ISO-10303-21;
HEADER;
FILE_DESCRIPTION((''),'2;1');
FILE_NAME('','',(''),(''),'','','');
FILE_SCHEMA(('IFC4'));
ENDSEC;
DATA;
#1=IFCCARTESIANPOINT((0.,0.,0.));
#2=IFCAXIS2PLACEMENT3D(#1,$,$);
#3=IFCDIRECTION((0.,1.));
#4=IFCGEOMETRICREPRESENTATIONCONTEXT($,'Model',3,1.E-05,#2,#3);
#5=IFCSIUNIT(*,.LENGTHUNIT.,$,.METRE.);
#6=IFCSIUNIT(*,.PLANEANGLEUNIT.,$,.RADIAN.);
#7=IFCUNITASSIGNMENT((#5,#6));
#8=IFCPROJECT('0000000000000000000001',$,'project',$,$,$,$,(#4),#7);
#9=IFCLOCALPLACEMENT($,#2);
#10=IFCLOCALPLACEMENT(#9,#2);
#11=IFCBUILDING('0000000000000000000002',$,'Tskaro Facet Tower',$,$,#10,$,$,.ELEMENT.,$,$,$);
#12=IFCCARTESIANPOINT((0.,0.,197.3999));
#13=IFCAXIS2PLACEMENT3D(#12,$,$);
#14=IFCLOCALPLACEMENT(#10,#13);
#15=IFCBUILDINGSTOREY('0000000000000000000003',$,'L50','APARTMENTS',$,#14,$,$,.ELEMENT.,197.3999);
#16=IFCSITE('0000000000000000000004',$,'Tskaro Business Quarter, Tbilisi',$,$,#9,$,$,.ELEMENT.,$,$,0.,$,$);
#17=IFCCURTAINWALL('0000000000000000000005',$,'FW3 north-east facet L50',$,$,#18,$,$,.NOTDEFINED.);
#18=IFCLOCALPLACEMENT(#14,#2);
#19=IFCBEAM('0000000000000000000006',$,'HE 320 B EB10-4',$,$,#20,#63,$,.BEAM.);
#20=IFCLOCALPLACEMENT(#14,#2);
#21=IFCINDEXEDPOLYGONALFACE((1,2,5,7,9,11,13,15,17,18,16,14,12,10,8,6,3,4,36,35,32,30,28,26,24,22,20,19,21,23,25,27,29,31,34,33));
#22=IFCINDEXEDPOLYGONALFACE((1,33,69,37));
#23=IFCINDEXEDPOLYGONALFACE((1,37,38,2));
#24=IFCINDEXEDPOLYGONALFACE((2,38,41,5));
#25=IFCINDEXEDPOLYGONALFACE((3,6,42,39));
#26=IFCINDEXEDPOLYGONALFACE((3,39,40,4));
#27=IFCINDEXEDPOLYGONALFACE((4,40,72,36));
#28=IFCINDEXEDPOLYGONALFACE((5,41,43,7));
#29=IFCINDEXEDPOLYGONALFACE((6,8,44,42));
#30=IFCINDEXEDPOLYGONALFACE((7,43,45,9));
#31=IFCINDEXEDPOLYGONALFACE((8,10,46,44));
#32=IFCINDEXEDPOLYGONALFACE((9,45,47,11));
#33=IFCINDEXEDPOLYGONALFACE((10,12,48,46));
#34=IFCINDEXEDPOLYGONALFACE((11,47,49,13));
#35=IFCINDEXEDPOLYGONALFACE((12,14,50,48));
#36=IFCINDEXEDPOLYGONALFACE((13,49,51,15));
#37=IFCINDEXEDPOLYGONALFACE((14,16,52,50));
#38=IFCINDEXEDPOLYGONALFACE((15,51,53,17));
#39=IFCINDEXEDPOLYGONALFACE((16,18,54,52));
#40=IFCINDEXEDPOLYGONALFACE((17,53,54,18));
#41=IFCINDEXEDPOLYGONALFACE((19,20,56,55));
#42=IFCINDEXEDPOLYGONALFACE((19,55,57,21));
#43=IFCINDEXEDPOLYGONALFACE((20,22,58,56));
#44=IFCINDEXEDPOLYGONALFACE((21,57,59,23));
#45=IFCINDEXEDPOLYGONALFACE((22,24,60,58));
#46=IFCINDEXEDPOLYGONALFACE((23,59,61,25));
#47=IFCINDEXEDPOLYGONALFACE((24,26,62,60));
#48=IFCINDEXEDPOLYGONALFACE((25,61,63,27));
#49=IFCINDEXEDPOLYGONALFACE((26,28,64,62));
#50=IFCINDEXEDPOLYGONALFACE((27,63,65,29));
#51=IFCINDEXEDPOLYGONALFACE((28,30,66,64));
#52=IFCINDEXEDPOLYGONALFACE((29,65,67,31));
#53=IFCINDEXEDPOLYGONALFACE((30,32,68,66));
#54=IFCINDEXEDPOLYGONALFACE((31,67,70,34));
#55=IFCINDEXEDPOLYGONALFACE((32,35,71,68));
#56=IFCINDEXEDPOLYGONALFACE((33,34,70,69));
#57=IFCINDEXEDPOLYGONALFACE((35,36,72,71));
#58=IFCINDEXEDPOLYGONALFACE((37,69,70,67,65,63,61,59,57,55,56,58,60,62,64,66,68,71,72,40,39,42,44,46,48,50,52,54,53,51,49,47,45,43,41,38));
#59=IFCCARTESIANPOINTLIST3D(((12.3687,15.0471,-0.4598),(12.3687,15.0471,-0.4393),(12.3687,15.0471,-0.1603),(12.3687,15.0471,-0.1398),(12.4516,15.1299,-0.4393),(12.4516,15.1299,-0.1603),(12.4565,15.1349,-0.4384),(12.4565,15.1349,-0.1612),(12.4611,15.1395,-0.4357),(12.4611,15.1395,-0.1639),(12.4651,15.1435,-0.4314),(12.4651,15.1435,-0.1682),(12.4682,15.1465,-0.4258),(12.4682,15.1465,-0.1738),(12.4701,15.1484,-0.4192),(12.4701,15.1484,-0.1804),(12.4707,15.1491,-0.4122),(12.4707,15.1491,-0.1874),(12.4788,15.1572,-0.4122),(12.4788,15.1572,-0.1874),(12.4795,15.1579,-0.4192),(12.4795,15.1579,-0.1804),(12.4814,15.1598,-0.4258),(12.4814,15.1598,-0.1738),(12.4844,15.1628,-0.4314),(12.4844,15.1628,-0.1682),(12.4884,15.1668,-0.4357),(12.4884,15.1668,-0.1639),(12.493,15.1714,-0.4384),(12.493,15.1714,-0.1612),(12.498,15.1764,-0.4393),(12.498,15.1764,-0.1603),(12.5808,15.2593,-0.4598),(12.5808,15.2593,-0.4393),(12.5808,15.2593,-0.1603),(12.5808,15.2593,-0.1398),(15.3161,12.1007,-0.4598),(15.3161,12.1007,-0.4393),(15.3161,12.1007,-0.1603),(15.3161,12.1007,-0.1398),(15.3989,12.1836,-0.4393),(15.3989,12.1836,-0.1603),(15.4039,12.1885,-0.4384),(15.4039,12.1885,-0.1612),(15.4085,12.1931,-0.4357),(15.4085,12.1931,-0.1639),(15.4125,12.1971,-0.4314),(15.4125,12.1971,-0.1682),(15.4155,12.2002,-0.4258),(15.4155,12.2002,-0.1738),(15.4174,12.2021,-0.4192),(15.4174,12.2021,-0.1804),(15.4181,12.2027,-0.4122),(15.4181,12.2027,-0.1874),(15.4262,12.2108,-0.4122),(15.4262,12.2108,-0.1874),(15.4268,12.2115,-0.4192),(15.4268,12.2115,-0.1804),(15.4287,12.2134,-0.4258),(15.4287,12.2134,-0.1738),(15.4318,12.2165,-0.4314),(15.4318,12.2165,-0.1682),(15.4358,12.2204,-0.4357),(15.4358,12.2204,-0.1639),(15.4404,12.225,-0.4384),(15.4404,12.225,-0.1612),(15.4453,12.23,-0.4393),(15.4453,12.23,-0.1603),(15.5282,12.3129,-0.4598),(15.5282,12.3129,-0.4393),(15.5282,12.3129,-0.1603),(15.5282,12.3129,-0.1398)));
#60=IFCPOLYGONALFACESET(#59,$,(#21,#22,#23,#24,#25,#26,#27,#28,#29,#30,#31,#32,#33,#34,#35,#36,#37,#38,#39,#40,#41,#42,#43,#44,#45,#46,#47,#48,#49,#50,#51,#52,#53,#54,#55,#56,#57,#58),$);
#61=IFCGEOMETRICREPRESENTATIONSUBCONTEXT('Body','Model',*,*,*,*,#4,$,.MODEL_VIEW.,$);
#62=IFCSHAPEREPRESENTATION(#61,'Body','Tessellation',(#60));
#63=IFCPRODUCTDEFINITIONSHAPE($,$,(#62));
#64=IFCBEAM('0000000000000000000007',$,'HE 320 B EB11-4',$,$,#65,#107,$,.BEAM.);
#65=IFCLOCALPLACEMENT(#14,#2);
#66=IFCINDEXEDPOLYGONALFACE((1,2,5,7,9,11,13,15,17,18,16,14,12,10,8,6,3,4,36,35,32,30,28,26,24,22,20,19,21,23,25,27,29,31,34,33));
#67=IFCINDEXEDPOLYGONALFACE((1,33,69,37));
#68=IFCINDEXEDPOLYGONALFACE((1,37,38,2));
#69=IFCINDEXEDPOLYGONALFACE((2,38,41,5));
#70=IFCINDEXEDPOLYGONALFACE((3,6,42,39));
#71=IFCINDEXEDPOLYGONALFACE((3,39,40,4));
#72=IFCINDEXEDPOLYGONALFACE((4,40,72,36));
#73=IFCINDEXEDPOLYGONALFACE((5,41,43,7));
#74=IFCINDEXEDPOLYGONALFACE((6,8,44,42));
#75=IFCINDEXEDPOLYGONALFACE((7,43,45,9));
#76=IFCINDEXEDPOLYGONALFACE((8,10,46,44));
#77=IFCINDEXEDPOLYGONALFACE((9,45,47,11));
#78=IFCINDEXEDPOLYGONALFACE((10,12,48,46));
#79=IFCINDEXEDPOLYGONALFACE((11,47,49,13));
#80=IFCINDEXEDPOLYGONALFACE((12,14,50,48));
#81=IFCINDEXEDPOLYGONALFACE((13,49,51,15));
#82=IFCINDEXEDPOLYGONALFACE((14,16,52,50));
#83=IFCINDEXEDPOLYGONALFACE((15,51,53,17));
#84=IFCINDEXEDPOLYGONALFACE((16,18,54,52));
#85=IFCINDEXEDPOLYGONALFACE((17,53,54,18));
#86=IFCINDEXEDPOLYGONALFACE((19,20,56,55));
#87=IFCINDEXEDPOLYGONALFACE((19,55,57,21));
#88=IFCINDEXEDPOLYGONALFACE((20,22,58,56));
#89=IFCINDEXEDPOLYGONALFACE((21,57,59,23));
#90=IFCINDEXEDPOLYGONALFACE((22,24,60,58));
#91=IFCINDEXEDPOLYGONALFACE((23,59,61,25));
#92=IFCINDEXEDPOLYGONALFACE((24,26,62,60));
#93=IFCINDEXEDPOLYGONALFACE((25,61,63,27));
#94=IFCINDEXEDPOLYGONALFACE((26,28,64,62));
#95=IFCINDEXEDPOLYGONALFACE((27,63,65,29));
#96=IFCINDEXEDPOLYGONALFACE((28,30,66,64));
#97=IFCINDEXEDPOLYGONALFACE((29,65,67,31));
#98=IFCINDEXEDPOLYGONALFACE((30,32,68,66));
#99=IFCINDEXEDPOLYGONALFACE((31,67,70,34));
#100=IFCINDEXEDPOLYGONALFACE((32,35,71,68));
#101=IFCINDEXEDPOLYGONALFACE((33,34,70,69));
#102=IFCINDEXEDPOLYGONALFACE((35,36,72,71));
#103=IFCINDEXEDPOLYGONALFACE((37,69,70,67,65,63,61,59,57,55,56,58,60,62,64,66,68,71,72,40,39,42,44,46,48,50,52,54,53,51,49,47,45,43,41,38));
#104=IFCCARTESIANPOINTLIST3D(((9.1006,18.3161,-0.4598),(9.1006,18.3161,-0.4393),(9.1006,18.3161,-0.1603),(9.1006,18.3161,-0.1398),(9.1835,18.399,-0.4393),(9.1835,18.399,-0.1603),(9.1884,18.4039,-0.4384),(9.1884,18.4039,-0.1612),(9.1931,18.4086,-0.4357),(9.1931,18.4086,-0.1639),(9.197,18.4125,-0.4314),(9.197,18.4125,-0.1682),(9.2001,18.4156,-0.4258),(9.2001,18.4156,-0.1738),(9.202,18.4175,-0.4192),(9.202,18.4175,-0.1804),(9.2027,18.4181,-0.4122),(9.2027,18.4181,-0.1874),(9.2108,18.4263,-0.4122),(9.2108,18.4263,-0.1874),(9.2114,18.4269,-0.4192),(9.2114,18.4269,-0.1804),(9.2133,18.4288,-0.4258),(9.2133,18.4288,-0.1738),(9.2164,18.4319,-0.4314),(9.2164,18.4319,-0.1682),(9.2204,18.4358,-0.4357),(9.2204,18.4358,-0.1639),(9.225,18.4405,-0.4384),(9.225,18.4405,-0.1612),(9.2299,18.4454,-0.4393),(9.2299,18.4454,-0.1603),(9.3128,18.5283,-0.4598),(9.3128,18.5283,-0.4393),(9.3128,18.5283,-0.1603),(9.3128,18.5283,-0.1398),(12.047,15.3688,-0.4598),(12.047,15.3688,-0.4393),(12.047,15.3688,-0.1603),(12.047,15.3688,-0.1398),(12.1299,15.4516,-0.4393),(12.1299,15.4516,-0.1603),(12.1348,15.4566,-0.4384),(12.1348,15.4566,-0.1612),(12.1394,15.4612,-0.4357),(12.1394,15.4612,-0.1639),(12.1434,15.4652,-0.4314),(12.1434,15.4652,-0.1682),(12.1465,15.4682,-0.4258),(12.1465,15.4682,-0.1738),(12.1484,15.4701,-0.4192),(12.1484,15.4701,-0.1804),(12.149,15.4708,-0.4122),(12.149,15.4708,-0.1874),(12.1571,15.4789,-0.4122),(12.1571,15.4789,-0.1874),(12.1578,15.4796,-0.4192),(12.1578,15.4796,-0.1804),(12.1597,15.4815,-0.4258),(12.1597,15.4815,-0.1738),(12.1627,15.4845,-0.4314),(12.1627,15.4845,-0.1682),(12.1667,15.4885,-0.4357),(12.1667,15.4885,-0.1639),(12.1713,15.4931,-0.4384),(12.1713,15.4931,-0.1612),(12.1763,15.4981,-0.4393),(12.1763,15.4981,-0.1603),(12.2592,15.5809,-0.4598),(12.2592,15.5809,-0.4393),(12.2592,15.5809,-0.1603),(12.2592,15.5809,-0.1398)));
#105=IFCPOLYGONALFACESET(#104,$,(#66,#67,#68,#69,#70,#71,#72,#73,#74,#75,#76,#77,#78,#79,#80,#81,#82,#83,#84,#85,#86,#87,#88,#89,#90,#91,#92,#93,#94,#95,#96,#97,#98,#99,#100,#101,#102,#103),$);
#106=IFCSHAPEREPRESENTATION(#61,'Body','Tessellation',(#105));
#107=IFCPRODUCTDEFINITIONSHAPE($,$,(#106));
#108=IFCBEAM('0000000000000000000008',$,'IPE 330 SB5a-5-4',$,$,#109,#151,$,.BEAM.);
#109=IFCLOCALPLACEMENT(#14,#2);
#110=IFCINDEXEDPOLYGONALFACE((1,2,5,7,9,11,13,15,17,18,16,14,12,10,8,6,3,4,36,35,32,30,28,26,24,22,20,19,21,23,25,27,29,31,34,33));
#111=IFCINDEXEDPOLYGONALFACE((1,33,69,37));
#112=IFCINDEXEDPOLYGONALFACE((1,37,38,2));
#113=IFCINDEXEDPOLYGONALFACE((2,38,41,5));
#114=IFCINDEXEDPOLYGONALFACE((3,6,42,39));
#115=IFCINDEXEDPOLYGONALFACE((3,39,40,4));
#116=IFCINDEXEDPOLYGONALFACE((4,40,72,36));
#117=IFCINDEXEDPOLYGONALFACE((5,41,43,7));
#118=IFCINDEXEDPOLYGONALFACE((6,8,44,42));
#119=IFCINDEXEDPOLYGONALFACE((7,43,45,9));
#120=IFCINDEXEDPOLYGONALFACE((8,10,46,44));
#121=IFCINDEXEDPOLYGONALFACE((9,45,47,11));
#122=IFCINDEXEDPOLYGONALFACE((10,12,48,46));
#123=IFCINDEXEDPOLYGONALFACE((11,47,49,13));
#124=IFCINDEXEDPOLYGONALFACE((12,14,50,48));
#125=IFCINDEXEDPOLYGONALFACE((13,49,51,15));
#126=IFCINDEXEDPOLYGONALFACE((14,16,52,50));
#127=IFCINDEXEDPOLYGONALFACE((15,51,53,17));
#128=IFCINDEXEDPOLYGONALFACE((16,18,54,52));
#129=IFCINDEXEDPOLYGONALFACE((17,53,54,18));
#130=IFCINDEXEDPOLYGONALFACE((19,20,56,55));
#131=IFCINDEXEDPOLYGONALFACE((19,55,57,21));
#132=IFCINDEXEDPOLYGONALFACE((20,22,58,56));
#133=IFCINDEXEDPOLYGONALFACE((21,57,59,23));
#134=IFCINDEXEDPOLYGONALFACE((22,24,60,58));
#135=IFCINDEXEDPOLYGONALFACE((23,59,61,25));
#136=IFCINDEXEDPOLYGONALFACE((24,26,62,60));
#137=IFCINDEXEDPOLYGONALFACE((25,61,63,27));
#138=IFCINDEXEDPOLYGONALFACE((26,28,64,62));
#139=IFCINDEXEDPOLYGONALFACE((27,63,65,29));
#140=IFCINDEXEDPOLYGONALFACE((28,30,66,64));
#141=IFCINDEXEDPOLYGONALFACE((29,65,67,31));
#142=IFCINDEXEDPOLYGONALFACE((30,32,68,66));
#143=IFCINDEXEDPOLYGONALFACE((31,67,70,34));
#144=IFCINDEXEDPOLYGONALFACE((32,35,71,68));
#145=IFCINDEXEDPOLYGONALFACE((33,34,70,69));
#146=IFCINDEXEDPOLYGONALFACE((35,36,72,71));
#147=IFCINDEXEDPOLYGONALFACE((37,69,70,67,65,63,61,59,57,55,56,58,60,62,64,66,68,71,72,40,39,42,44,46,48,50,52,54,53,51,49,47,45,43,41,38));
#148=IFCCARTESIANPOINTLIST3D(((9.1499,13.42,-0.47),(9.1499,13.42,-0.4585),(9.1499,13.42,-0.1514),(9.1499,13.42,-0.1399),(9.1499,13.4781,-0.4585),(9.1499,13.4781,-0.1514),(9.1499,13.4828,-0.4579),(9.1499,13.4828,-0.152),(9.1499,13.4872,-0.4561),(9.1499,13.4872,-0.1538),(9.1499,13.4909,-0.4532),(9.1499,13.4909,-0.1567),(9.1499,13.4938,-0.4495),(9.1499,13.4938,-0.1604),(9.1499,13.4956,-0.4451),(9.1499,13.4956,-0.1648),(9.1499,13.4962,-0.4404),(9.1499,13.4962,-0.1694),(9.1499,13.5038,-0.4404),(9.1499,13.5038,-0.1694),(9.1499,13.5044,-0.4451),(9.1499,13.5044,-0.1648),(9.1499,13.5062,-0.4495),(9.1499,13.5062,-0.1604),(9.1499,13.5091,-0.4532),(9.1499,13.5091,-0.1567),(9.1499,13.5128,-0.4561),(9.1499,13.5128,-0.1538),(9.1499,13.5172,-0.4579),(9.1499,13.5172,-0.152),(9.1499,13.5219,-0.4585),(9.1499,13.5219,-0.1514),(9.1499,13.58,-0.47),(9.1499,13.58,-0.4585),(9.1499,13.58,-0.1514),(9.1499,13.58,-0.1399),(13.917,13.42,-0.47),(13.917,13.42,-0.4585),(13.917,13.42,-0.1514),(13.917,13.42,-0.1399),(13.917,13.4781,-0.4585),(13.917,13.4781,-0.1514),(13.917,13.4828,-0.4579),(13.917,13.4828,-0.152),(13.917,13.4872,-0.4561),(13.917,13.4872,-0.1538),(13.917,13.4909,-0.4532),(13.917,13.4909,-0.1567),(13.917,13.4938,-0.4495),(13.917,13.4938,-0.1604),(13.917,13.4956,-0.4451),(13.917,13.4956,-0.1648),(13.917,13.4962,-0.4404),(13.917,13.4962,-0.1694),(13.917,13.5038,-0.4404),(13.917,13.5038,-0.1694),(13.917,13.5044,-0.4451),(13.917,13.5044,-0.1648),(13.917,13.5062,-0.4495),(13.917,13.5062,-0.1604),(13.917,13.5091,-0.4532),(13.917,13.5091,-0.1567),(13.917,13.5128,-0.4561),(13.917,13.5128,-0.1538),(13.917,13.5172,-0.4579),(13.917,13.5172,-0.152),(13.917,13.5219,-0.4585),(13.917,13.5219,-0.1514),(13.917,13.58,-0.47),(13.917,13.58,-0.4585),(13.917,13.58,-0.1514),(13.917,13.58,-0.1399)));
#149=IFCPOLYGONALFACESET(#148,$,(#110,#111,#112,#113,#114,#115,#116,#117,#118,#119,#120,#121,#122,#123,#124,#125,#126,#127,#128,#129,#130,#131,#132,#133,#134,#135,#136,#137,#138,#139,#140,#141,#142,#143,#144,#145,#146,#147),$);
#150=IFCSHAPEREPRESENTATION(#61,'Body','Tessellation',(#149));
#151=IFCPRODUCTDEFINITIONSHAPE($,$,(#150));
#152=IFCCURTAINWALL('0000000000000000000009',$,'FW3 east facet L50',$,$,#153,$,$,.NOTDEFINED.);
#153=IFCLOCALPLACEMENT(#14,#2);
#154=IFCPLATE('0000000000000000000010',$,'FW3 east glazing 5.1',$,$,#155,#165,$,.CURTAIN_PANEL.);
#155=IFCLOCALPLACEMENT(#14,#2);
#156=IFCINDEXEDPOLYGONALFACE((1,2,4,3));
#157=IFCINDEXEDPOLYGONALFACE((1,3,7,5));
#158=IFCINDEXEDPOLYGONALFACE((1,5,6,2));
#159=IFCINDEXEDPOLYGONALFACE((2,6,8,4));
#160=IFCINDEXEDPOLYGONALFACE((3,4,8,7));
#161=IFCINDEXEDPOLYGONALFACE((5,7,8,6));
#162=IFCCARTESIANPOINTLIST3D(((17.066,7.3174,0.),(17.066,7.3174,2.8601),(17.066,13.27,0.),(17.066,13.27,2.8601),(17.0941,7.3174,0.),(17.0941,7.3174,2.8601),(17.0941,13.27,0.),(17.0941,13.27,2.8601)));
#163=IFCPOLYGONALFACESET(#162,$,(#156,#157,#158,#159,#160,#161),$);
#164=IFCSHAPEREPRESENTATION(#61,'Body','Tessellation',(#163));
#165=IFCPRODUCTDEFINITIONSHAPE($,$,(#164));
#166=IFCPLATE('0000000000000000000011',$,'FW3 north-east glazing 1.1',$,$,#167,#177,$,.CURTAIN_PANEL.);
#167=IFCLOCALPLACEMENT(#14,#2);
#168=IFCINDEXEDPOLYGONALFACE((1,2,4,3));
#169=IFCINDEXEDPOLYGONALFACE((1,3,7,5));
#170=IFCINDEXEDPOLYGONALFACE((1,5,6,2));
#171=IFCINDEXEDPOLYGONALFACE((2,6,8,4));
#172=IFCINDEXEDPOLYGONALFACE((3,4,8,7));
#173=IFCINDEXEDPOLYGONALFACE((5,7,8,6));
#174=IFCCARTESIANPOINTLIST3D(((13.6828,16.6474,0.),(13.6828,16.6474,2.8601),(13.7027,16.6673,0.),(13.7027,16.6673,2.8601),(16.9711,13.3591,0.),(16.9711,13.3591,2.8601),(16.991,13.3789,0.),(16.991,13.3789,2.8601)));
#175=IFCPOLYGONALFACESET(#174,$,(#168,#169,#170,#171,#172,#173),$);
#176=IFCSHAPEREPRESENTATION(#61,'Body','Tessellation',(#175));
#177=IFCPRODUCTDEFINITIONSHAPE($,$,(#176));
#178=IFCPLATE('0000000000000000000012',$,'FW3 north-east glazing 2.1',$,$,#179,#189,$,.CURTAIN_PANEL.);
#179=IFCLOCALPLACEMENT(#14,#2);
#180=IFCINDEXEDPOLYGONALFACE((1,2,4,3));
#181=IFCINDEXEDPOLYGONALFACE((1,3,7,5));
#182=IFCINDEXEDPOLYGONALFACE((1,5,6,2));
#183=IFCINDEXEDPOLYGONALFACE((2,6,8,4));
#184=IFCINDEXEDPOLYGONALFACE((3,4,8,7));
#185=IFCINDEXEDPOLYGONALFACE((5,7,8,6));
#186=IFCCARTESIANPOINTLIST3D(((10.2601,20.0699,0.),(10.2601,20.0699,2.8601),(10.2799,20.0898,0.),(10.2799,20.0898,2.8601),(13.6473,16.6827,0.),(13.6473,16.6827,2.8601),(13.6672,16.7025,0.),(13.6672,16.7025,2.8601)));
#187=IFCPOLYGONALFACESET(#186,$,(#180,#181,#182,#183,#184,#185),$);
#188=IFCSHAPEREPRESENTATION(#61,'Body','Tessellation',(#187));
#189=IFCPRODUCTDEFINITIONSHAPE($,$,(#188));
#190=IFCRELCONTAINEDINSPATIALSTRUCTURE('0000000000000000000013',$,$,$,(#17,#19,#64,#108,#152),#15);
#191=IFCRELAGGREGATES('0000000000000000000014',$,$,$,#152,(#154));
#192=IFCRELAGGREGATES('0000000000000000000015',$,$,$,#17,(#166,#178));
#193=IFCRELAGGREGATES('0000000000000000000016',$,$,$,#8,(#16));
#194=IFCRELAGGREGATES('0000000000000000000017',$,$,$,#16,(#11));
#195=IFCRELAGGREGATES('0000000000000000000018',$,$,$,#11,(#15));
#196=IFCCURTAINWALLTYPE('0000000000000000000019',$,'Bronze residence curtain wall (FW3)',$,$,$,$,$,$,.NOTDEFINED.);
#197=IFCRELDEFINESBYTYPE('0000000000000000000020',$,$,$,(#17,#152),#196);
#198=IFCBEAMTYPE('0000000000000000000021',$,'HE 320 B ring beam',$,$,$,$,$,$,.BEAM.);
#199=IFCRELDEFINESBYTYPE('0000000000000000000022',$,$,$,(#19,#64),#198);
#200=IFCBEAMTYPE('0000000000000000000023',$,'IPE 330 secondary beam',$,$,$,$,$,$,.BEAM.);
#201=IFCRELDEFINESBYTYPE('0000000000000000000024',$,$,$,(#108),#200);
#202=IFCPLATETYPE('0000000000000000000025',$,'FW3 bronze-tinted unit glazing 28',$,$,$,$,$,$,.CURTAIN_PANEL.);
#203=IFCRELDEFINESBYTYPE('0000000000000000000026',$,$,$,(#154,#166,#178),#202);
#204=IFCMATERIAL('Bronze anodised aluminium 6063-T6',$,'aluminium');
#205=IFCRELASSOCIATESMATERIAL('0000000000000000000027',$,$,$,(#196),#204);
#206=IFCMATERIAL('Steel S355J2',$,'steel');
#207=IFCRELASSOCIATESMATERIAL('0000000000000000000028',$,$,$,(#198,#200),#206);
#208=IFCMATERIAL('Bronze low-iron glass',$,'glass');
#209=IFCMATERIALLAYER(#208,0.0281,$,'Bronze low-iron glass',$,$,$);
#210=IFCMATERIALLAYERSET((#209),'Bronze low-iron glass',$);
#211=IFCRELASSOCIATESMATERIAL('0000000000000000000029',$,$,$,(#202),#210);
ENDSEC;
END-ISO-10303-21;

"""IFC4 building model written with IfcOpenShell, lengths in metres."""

from ifc_helpers import new_model, si_unit, direction, frame, origin, origin_2d, place, context, subcontext, project, spatial, rectangle, i_section, extrude, material, layer, layer_set, material_profile, profile_set, type_object, element, aggregate, save


model = new_model("IFC4")

# Units and contexts
model_context = context("Model", 3, precision=1e-05, world=origin(), true_north=direction((0.0, 1.0)))
body_context = subcontext(model_context, "Body", "Model", "MODEL_VIEW")
ifc_project = project(units=[si_unit("LENGTHUNIT", "METRE"), si_unit("PLANEANGLEUNIT", "RADIAN")], contexts=[model_context])

# Site, building, storey
site_placement = place(None, origin())
site = spatial("IfcSite", under=ifc_project, at=site_placement, Name="Tskaro Business Quarter, Tbilisi", CompositionType="ELEMENT", RefElevation=0.0)
building_placement = place(site_placement, origin())
building = spatial("IfcBuilding", under=site, at=building_placement, Name="Tskaro Facet Tower", CompositionType="ELEMENT")
storey_placement = place(building_placement, frame((0.0, 0.0, 197.3999)))
storey = spatial("IfcBuildingStorey", under=building, at=storey_placement, Name="L50", Description="APARTMENTS", CompositionType="ELEMENT", Elevation=197.3999)

# Curtain wall
ifc_material_1 = material(Name="Bronze anodised aluminium 6063-T6", Category="aluminium")
curtain_wall_type = type_object("IfcCurtainWallType", Name="Bronze residence curtain wall (FW3)", PredefinedType="NOTDEFINED", material=ifc_material_1)
curtain_wall_1_placement = place(storey_placement, origin())
curtain_wall_1 = element("IfcCurtainWall", 1, at=curtain_wall_1_placement, inside=storey, type_object=curtain_wall_type, Name="FW3 north-east facet L50", PredefinedType="NOTDEFINED")

# Beams
ifc_material_2 = material(Name="Steel S355J2", Category="steel")
ifc_material_profile_1 = material_profile(ifc_material_2, i_section(OverallWidth=0.3, OverallDepth=0.3201, WebThickness=0.0115, FlangeThickness=0.0205, FilletRadius=0.0271, at=origin_2d()), Name="HE 320 B")
ifc_profile_set_1 = profile_set([ifc_material_profile_1], Name="Steel S355J2")
beam_type_1 = type_object("IfcBeamType", Name="HE 320 B ring beam", PredefinedType="BEAM", material=ifc_profile_set_1)
for number, where, z_axis, x_axis, name in (
    (2, (15.4221, 12.2068, -0.2998), (-0.707224, 0.70699, 0.0), (-0.70699, -0.707224, 0.0), "HE 320 B EB10-4"),
    (3, (12.1531, 15.4749, -0.2998), (-0.70699, 0.707224, 0.0), (-0.707224, -0.70699, 0.0), "HE 320 B EB11-4"),
):
    element("IfcBeam", number, at=place(storey_placement, frame(where, z_axis=z_axis, x_axis=x_axis)), inside=storey, type_object=beam_type_1, Name=name, PredefinedType="BEAM", context=body_context, shape_type="SweptSolid", body=[
        extrude(i_section(OverallWidth=0.3, OverallDepth=0.3201, WebThickness=0.0115, FlangeThickness=0.0205, FilletRadius=0.0271, at=origin_2d()), origin(), (0.0, 0.0, 1.0), 4.1675),
    ])
ifc_material_profile_2 = material_profile(ifc_material_2, i_section(OverallWidth=0.1599, OverallDepth=0.3301, WebThickness=0.0076, FlangeThickness=0.0115, FilletRadius=0.0181, at=origin_2d()), Name="IPE 330")
ifc_profile_set_2 = profile_set([ifc_material_profile_2], Name="Steel S355J2")
beam_type_2 = type_object("IfcBeamType", Name="IPE 330 secondary beam", PredefinedType="BEAM", material=ifc_profile_set_2)
beam_placement = place(storey_placement, frame((9.1499, 13.5, -0.3049), z_axis=(1.0, 0.0, 0.0), x_axis=(0.0, 1.0, 0.0)))
element("IfcBeam", 4, at=beam_placement, inside=storey, type_object=beam_type_2, Name="IPE 330 SB5a-5-4", PredefinedType="BEAM", context=body_context, shape_type="SweptSolid", body=[
    extrude(i_section(OverallWidth=0.1599, OverallDepth=0.3301, WebThickness=0.0076, FlangeThickness=0.0115, FilletRadius=0.0181, at=origin_2d()), origin(), (0.0, 0.0, 1.0), 4.7671),
])

# Curtain wall, plate
curtain_wall_2_placement = place(storey_placement, origin())
curtain_wall_2 = element("IfcCurtainWall", 5, at=curtain_wall_2_placement, inside=storey, type_object=curtain_wall_type, Name="FW3 east facet L50", PredefinedType="NOTDEFINED")
ifc_material_3 = material(Name="Bronze low-iron glass", Category="glass")
ifc_layer_1 = layer(ifc_material_3, 0.0281, Name="Bronze low-iron glass")
ifc_layer_set_1 = layer_set([ifc_layer_1], Name="Bronze low-iron glass")
plate_type = type_object("IfcPlateType", Name="FW3 bronze-tinted unit glazing 28", PredefinedType="CURTAIN_PANEL", material=ifc_layer_set_1)
plate_1_placement = place(storey_placement, frame((17.0801, 10.2937, 0.0), z_axis=(0.0, 0.0, 1.0), x_axis=(0.0, 1.0, 0.0)))
plate_1 = element("IfcPlate", 6, at=plate_1_placement, type_object=plate_type, Name="FW3 east glazing 5.1", PredefinedType="CURTAIN_PANEL", context=body_context, shape_type="SweptSolid", body=[
    extrude(rectangle(XDim=5.9526, YDim=0.0281, at=origin_2d()), origin(), (0.0, 0.0, 1.0), 2.8601),
])
aggregate(curtain_wall_2, [plate_1])

# Plates
plate_2_placement = place(storey_placement, frame((15.3369, 15.0132, 0.0), z_axis=(0.0, 0.0, 1.0), x_axis=(-0.707107, 0.707107, 0.0)))
plate_2 = element("IfcPlate", 7, at=plate_2_placement, type_object=plate_type, Name="FW3 north-east glazing 1.1", PredefinedType="CURTAIN_PANEL", context=body_context, shape_type="SweptSolid", body=[
    extrude(rectangle(XDim=4.6504, YDim=0.0281, at=origin_2d()), origin(), (0.0, 0.0, 1.0), 2.8601),
])
plate_3_placement = place(storey_placement, frame((11.9636, 18.3862, 0.0), z_axis=(0.0, 0.0, 1.0), x_axis=(-0.707107, 0.707107, 0.0)))
plate_3 = element("IfcPlate", 8, at=plate_3_placement, type_object=plate_type, Name="FW3 north-east glazing 2.1", PredefinedType="CURTAIN_PANEL", context=body_context, shape_type="SweptSolid", body=[
    extrude(rectangle(XDim=4.7903, YDim=0.0281, at=origin_2d()), origin(), (0.0, 0.0, 1.0), 2.8601),
])
aggregate(curtain_wall_1, [plate_2, plate_3])

save(model, "model.ifc")
